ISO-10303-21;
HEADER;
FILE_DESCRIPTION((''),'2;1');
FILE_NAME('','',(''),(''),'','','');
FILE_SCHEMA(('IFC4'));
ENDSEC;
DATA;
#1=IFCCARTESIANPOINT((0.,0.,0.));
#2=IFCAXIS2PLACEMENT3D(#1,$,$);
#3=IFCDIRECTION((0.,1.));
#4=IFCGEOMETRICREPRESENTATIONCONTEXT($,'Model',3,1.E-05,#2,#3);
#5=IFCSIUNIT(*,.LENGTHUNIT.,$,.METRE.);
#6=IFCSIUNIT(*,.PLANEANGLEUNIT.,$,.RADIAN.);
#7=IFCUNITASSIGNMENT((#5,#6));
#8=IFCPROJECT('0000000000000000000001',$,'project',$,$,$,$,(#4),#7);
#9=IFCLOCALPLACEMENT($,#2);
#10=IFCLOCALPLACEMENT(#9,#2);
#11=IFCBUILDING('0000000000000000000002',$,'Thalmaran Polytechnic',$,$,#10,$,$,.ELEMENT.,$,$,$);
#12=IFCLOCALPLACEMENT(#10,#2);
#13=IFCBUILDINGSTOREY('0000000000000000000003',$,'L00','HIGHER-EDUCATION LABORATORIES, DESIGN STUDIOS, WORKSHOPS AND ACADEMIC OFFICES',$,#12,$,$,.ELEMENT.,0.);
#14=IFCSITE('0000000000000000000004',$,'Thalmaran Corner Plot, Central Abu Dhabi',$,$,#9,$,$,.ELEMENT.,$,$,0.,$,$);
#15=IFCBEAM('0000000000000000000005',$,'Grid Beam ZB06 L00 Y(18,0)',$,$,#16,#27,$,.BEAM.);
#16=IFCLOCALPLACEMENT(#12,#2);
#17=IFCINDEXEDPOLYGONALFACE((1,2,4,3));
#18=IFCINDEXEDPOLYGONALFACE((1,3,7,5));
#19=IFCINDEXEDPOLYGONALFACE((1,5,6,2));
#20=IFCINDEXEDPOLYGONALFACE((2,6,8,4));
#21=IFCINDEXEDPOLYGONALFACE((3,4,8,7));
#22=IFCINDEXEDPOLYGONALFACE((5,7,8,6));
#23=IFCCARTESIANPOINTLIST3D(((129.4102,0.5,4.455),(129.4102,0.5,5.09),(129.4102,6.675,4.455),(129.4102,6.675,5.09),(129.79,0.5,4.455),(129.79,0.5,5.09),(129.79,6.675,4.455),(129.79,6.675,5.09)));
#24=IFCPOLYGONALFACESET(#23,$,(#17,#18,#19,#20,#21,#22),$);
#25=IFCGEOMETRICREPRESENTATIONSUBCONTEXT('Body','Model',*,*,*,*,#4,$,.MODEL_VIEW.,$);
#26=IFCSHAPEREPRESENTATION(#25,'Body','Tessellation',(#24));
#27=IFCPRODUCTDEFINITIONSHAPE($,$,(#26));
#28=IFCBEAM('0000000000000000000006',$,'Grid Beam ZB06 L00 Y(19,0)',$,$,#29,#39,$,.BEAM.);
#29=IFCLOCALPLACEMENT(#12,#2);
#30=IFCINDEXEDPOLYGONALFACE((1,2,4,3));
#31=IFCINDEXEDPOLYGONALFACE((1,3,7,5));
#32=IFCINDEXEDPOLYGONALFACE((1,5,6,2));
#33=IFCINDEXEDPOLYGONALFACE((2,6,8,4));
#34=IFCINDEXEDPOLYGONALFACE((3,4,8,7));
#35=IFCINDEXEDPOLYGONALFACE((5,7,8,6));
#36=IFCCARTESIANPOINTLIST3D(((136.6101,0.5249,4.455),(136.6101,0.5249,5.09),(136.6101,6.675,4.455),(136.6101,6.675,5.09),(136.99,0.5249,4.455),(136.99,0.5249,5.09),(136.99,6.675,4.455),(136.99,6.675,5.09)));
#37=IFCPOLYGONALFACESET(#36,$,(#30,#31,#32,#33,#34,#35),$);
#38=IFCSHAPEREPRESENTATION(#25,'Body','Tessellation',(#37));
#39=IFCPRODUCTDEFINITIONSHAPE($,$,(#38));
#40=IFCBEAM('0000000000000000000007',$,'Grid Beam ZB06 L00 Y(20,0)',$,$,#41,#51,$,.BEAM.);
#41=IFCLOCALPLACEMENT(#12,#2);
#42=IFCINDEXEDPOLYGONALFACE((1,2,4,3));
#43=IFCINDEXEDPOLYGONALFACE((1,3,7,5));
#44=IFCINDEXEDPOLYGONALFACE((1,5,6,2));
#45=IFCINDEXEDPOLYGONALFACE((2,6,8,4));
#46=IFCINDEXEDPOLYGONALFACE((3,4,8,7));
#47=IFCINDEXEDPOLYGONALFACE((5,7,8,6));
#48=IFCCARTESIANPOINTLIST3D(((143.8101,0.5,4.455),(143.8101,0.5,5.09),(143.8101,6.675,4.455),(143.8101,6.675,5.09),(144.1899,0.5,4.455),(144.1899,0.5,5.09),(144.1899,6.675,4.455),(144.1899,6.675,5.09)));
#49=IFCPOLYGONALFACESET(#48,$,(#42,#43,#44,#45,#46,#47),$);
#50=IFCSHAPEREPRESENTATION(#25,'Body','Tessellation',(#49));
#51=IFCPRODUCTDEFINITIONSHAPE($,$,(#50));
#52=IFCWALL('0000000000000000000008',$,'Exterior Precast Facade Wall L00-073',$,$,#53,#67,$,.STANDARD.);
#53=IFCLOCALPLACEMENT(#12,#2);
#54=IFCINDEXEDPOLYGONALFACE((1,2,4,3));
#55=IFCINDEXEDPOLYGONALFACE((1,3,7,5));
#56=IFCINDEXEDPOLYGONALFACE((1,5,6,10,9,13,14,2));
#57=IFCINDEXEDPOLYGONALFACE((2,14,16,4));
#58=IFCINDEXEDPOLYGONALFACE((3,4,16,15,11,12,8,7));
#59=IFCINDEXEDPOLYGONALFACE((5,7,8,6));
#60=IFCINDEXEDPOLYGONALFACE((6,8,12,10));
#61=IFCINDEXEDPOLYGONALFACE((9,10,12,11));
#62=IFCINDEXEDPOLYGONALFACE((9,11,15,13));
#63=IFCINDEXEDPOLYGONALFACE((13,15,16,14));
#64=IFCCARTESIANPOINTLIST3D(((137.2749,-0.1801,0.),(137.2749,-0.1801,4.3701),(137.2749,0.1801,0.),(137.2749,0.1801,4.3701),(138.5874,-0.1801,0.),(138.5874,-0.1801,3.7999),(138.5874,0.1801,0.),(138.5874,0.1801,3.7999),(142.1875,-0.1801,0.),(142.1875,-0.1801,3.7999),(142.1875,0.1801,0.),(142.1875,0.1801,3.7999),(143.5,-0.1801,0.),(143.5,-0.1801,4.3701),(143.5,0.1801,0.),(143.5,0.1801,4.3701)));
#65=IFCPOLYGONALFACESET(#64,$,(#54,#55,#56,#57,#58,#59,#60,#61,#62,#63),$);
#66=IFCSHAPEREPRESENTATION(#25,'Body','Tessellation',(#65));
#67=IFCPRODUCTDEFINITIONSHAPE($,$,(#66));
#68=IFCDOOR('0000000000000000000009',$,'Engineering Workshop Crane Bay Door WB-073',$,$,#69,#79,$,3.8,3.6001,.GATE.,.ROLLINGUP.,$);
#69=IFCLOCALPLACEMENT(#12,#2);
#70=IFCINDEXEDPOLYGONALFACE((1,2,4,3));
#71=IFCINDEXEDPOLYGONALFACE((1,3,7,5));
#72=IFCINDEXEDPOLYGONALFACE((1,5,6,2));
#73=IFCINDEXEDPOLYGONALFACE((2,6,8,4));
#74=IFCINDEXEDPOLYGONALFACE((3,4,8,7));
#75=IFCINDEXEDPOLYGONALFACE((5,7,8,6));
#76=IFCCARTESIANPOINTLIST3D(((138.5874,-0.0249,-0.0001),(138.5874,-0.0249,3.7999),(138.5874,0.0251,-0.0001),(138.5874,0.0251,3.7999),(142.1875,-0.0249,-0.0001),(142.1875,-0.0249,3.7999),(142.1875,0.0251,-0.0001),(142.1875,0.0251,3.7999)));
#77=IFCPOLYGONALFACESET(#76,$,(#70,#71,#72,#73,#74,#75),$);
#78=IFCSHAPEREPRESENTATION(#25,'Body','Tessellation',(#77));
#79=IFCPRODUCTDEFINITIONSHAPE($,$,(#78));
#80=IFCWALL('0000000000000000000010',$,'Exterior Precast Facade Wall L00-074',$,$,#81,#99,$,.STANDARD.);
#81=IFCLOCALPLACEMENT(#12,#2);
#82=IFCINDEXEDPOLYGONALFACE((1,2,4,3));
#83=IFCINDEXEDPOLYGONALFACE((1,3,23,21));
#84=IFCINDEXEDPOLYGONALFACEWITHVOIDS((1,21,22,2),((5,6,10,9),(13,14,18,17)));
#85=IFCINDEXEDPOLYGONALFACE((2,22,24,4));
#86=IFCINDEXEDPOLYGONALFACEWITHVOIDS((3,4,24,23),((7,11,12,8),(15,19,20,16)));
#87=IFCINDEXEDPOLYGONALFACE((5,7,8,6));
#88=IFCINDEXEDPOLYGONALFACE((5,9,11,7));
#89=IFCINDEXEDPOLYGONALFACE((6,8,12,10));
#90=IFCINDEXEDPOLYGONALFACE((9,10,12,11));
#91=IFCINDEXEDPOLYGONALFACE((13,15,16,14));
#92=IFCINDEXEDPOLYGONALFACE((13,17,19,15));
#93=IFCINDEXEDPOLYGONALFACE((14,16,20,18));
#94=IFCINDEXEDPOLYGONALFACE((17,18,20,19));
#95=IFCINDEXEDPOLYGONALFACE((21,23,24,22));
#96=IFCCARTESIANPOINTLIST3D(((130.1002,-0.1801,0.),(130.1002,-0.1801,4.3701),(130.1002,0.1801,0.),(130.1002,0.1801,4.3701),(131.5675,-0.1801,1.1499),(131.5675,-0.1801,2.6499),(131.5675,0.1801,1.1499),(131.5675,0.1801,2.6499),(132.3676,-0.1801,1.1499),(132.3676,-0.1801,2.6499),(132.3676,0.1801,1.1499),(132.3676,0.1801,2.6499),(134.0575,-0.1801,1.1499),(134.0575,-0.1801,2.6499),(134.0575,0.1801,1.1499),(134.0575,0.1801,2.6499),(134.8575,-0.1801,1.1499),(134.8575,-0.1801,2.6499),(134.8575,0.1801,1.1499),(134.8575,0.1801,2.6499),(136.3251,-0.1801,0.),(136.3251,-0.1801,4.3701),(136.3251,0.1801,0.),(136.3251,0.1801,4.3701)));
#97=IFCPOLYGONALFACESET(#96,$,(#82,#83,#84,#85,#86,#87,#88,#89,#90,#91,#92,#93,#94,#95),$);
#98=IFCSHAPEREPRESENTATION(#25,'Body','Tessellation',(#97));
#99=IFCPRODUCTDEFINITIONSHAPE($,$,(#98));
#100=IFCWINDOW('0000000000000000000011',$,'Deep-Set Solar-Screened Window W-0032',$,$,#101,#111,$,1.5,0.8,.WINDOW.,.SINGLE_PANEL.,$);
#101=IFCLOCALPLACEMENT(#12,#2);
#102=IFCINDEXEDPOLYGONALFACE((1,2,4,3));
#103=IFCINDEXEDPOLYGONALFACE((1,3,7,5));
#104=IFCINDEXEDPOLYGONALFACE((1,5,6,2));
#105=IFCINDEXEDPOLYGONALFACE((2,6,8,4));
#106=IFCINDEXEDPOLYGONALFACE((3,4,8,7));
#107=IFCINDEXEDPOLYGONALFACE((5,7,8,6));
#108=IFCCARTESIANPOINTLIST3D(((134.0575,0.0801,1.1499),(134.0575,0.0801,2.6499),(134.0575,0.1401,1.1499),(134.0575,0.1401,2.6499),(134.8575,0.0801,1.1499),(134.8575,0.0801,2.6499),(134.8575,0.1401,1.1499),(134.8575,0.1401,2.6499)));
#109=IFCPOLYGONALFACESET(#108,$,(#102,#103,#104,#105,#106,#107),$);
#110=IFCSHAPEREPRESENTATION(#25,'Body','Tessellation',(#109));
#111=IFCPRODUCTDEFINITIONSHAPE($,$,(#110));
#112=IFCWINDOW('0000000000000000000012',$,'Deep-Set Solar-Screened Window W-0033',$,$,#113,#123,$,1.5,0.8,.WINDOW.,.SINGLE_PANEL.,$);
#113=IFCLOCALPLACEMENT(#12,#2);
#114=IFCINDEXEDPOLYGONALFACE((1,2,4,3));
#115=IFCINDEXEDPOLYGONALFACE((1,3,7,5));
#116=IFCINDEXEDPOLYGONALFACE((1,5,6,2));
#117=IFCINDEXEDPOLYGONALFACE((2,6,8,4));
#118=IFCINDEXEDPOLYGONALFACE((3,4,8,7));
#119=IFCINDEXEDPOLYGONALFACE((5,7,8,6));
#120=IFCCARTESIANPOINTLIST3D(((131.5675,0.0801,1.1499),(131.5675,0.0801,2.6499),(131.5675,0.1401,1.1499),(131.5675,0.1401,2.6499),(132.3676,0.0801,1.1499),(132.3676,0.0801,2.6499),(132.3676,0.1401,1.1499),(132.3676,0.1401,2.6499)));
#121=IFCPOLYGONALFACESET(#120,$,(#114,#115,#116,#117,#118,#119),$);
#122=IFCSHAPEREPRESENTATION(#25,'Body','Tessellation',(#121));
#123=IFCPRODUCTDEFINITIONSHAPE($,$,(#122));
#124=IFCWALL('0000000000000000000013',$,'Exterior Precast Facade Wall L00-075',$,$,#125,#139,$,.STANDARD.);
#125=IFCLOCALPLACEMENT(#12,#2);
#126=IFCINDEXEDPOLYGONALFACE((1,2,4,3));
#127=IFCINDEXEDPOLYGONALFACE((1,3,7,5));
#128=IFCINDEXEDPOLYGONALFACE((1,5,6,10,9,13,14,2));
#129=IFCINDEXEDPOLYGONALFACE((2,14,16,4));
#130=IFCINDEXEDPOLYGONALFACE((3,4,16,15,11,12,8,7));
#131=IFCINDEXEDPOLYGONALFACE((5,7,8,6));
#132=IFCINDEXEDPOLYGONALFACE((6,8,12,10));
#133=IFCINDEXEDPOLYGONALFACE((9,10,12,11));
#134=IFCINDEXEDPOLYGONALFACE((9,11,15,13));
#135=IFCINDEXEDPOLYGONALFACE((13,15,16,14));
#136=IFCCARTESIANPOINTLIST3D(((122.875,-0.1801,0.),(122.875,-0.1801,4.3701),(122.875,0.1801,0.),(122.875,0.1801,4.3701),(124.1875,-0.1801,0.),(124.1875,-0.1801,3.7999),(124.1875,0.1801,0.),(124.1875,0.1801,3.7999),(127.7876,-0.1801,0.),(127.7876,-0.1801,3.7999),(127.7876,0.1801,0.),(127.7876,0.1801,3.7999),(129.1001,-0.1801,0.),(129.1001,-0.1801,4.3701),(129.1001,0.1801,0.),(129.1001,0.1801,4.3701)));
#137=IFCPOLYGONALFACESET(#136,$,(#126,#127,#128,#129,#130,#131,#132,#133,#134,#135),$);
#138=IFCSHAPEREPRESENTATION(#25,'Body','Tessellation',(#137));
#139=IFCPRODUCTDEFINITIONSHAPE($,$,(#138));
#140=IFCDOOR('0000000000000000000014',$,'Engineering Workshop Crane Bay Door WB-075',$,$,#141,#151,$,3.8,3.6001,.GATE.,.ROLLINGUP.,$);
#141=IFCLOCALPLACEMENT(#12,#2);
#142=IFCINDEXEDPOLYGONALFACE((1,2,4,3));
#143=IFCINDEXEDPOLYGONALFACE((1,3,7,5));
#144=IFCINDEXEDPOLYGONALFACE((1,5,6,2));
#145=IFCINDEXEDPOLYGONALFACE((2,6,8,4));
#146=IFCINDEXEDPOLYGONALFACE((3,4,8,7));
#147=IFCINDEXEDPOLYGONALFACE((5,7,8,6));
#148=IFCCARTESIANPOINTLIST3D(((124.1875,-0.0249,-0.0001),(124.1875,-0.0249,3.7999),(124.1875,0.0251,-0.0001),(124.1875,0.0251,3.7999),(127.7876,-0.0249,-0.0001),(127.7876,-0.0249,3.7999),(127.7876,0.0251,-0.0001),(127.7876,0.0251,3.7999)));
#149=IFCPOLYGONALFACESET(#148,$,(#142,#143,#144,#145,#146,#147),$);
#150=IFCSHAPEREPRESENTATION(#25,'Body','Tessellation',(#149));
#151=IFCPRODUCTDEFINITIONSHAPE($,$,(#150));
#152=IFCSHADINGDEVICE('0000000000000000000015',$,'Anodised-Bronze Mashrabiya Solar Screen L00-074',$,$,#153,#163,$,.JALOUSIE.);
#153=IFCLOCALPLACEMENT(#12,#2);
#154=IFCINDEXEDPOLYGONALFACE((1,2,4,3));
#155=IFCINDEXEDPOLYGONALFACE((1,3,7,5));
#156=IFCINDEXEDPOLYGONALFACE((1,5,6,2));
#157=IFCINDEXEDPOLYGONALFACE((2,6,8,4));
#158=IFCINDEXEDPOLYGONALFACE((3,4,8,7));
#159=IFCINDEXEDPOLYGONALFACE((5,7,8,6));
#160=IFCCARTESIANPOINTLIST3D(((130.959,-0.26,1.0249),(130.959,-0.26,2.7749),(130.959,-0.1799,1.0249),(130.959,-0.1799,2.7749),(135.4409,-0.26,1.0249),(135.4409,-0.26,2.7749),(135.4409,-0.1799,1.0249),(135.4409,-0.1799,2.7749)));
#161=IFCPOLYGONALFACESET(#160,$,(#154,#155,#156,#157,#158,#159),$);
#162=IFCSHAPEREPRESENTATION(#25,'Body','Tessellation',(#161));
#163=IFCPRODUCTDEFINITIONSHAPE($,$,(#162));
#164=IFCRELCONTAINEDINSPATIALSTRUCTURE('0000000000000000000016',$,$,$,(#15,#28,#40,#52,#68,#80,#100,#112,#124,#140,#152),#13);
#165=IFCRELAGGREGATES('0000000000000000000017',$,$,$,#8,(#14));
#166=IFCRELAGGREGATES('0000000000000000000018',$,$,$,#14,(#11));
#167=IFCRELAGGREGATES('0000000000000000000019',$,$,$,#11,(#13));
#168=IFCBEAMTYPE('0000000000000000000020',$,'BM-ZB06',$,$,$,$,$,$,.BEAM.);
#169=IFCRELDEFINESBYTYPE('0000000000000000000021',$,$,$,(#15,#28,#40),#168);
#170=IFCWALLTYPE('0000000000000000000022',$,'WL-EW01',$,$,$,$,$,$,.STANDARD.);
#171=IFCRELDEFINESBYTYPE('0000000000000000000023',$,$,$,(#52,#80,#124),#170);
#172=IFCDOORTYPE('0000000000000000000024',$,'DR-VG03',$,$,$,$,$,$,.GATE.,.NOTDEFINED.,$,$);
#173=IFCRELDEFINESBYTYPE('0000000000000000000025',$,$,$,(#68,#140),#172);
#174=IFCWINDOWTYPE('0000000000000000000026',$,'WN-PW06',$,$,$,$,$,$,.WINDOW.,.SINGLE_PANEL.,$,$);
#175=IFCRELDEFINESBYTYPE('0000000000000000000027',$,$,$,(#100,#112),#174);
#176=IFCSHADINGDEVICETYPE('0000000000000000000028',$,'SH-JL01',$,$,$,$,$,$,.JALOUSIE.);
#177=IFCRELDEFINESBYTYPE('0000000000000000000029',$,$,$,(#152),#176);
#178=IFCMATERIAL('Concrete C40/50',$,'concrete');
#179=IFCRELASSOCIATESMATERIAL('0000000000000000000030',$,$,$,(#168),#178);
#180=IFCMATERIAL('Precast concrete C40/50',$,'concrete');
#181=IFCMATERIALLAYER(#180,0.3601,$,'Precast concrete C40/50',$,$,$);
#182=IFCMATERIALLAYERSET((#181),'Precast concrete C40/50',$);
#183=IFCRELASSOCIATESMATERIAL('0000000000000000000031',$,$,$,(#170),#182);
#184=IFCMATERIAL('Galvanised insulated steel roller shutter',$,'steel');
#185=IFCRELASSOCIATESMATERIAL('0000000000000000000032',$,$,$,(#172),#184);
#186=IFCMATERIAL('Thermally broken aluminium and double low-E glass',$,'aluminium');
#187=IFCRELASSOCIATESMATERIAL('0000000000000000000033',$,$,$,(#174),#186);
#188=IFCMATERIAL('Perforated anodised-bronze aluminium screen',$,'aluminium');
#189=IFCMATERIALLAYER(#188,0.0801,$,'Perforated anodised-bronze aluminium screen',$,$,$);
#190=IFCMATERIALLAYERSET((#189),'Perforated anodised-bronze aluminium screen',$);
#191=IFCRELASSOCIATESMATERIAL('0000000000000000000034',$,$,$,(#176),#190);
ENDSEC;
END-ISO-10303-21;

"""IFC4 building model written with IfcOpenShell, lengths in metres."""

from ifc_helpers import new_model, si_unit, direction, frame, frame_2d, origin, origin_2d, place, context, subcontext, project, spatial, rectangle, extrude, material, layer, layer_set, material_profile, profile_set, type_object, element, fill, save


model = new_model("IFC4")

# Units and contexts
model_context = context("Model", 3, precision=1e-05, world=origin(), true_north=direction((0.0, 1.0)))
body_context = subcontext(model_context, "Body", "Model", "MODEL_VIEW")
ifc_project = project(units=[si_unit("LENGTHUNIT", "METRE"), si_unit("PLANEANGLEUNIT", "RADIAN")], contexts=[model_context])

# Site, building, storey
site_placement = place(None, origin())
site = spatial("IfcSite", under=ifc_project, at=site_placement, Name="Thalmaran Corner Plot, Central Abu Dhabi", CompositionType="ELEMENT", RefElevation=0.0)
building_placement = place(site_placement, origin())
building = spatial("IfcBuilding", under=site, at=building_placement, Name="Thalmaran Polytechnic", CompositionType="ELEMENT")
storey_placement = place(building_placement, origin())
storey = spatial("IfcBuildingStorey", under=building, at=storey_placement, Name="L00", Description="HIGHER-EDUCATION LABORATORIES, DESIGN STUDIOS, WORKSHOPS AND ACADEMIC OFFICES", CompositionType="ELEMENT", Elevation=0.0)

# Shared definitions
ifc_material_1 = material(Name="Concrete C40/50", Category="concrete")

# Beams
ifc_material_profile_1 = material_profile(ifc_material_1, rectangle(XDim=0.3799, YDim=0.635, at=origin_2d()), Name="RC 380x635")
ifc_profile_set_1 = profile_set([ifc_material_profile_1], Name="Concrete C40/50")
beam_type_1 = type_object("IfcBeamType", Name="BM-ZB06", PredefinedType="BEAM", material=ifc_profile_set_1)
beam_1_placement = place(storey_placement, frame((129.6001, 0.5, 4.7725), z_axis=(0.0, 1.0, 0.0), x_axis=(-1.0, 0.0, 0.0)))
element("IfcBeam", 1, at=beam_1_placement, inside=storey, type_object=beam_type_1, Name="Grid Beam ZB06 L00 Y(18,0)", PredefinedType="BEAM", context=body_context, shape_type="SweptSolid", body=[
    extrude(rectangle(XDim=0.3799, YDim=0.635, at=origin_2d()), origin(), (0.0, 0.0, 1.0), 6.175),
])
beam_2_placement = place(storey_placement, frame((136.8, 0.5249, 4.7725), z_axis=(0.0, 1.0, 0.0), x_axis=(-1.0, 0.0, 0.0)))
element("IfcBeam", 2, at=beam_2_placement, inside=storey, type_object=beam_type_1, Name="Grid Beam ZB06 L00 Y(19,0)", PredefinedType="BEAM", context=body_context, shape_type="SweptSolid", body=[
    extrude(rectangle(XDim=0.3799, YDim=0.635, at=origin_2d()), origin(), (0.0, 0.0, 1.0), 6.1501),
])
beam_3_placement = place(storey_placement, frame((144.0, 0.5, 4.7725), z_axis=(0.0, 1.0, 0.0), x_axis=(-1.0, 0.0, 0.0)))
element("IfcBeam", 3, at=beam_3_placement, inside=storey, type_object=beam_type_1, Name="Grid Beam ZB06 L00 Y(20,0)", PredefinedType="BEAM", context=body_context, shape_type="SweptSolid", body=[
    extrude(rectangle(XDim=0.3799, YDim=0.635, at=origin_2d()), origin(), (0.0, 0.0, 1.0), 6.175),
])

# Wall, opening, door
ifc_material_2 = material(Name="Precast concrete C40/50", Category="concrete")
ifc_layer_1 = layer(ifc_material_2, 0.3601, Name="Precast concrete C40/50")
ifc_layer_set_1 = layer_set([ifc_layer_1], Name="Precast concrete C40/50")
wall_type = type_object("IfcWallType", Name="WL-EW01", PredefinedType="STANDARD", material=ifc_layer_set_1)
wall_1_placement = place(storey_placement, frame((143.5, 0.0, 0.0), z_axis=(0.0, 0.0, 1.0), x_axis=(-1.0, 0.0, 0.0)))
wall_1 = element("IfcWall", 4, at=wall_1_placement, inside=storey, type_object=wall_type, Name="Exterior Precast Facade Wall L00-073", PredefinedType="STANDARD", context=body_context, shape_type="SweptSolid", body=[
    extrude(rectangle(XDim=6.2251, YDim=0.3601, at=frame_2d((3.1125, 0.0))), origin(), (0.0, 0.0, 1.0), 4.3701),
])
opening_1_placement = place(wall_1_placement, frame((1.3125, 0.0, 0.0)))
opening_1 = element("IfcOpeningElement", 5, at=opening_1_placement, cuts=wall_1, PredefinedType="OPENING", context=body_context, shape_type="SweptSolid", body=[
    extrude(rectangle(XDim=3.6001, YDim=3.8, at=frame_2d((1.8, 1.8999))), frame((0.0, 0.1899, 0.0), z_axis=(0.0, -1.0, 0.0), x_axis=(1.0, 0.0, 0.0)), (0.0, 0.0, 1.0), 0.3801),
])
ifc_material_3 = material(Name="Galvanised insulated steel roller shutter", Category="steel")
door_type = type_object("IfcDoorType", Name="DR-VG03", OperationType="NOTDEFINED", PredefinedType="GATE", material=ifc_material_3)
door_1_placement = place(opening_1_placement, origin())
door_1 = element("IfcDoor", 6, at=door_1_placement, inside=storey, type_object=door_type, Name="Engineering Workshop Crane Bay Door WB-073", OperationType="ROLLINGUP", OverallHeight=3.8, OverallWidth=3.6001, PredefinedType="GATE", context=body_context, shape_type="SweptSolid", body=[
    extrude(rectangle(XDim=3.6001, YDim=3.8, at=frame_2d((1.8, 1.8999))), frame((0.0, 0.0249, 0.0), z_axis=(0.0, -1.0, 0.0), x_axis=(1.0, 0.0, 0.0)), (0.0, 0.0, 1.0), 0.05),
])
fill(opening_1, door_1)

# Wall, openings, windows
wall_2_placement = place(storey_placement, frame((136.325, 0.0, 0.0), z_axis=(0.0, 0.0, 1.0), x_axis=(-1.0, 0.0, 0.0)))
wall_2 = element("IfcWall", 7, at=wall_2_placement, inside=storey, type_object=wall_type, Name="Exterior Precast Facade Wall L00-074", PredefinedType="STANDARD", context=body_context, shape_type="SweptSolid", body=[
    extrude(rectangle(XDim=6.2249, YDim=0.3601, at=frame_2d((3.1123, 0.0))), origin(), (0.0, 0.0, 1.0), 4.3701),
])
opening_2_placement = place(wall_2_placement, frame((1.4675, 0.0, 1.1499)))
opening_2 = element("IfcOpeningElement", 8, at=opening_2_placement, cuts=wall_2, PredefinedType="OPENING", context=body_context, shape_type="SweptSolid", body=[
    extrude(rectangle(XDim=0.8, YDim=1.5, at=frame_2d((0.3999, 0.75))), frame((0.0, 0.1899, 0.0), z_axis=(0.0, -1.0, 0.0), x_axis=(1.0, 0.0, 0.0)), (0.0, 0.0, 1.0), 0.3801),
])
opening_3_placement = place(wall_2_placement, frame((3.9575, 0.0, 1.1499)))
opening_3 = element("IfcOpeningElement", 9, at=opening_3_placement, cuts=wall_2, PredefinedType="OPENING", context=body_context, shape_type="SweptSolid", body=[
    extrude(rectangle(XDim=0.8, YDim=1.5, at=frame_2d((0.3999, 0.75))), frame((0.0, 0.1899, 0.0), z_axis=(0.0, -1.0, 0.0), x_axis=(1.0, 0.0, 0.0)), (0.0, 0.0, 1.0), 0.3801),
])
ifc_material_4 = material(Name="Thermally broken aluminium and double low-E glass", Category="aluminium")
window_type = type_object("IfcWindowType", Name="WN-PW06", PartitioningType="SINGLE_PANEL", PredefinedType="WINDOW", material=ifc_material_4)
window_1_placement = place(opening_2_placement, origin())
window_1 = element("IfcWindow", 10, at=window_1_placement, inside=storey, type_object=window_type, Name="Deep-Set Solar-Screened Window W-0032", OverallHeight=1.5, OverallWidth=0.8, PartitioningType="SINGLE_PANEL", PredefinedType="WINDOW", context=body_context, shape_type="SweptSolid", body=[
    extrude(rectangle(XDim=0.8, YDim=1.5, at=frame_2d((0.3999, 0.75))), frame((0.0, -0.0801, 0.0), z_axis=(0.0, -1.0, 0.0), x_axis=(1.0, 0.0, 0.0)), (0.0, 0.0, 1.0), 0.0601),
])
fill(opening_2, window_1)
window_2_placement = place(opening_3_placement, origin())
window_2 = element("IfcWindow", 11, at=window_2_placement, inside=storey, type_object=window_type, Name="Deep-Set Solar-Screened Window W-0033", OverallHeight=1.5, OverallWidth=0.8, PartitioningType="SINGLE_PANEL", PredefinedType="WINDOW", context=body_context, shape_type="SweptSolid", body=[
    extrude(rectangle(XDim=0.8, YDim=1.5, at=frame_2d((0.3999, 0.75))), frame((0.0, -0.0801, 0.0), z_axis=(0.0, -1.0, 0.0), x_axis=(1.0, 0.0, 0.0)), (0.0, 0.0, 1.0), 0.0601),
])
fill(opening_3, window_2)

# Wall, opening, door
wall_3_placement = place(storey_placement, frame((129.1001, 0.0, 0.0), z_axis=(0.0, 0.0, 1.0), x_axis=(-1.0, 0.0, 0.0)))
wall_3 = element("IfcWall", 12, at=wall_3_placement, inside=storey, type_object=wall_type, Name="Exterior Precast Facade Wall L00-075", PredefinedType="STANDARD", context=body_context, shape_type="SweptSolid", body=[
    extrude(rectangle(XDim=6.2251, YDim=0.3601, at=frame_2d((3.1125, 0.0))), origin(), (0.0, 0.0, 1.0), 4.3701),
])
opening_4_placement = place(wall_3_placement, frame((1.3125, 0.0, 0.0)))
opening_4 = element("IfcOpeningElement", 13, at=opening_4_placement, cuts=wall_3, PredefinedType="OPENING", context=body_context, shape_type="SweptSolid", body=[
    extrude(rectangle(XDim=3.6001, YDim=3.8, at=frame_2d((1.8, 1.8999))), frame((0.0, 0.1899, 0.0), z_axis=(0.0, -1.0, 0.0), x_axis=(1.0, 0.0, 0.0)), (0.0, 0.0, 1.0), 0.3801),
])
door_2_placement = place(opening_4_placement, origin())
door_2 = element("IfcDoor", 14, at=door_2_placement, inside=storey, type_object=door_type, Name="Engineering Workshop Crane Bay Door WB-075", OperationType="ROLLINGUP", OverallHeight=3.8, OverallWidth=3.6001, PredefinedType="GATE", context=body_context, shape_type="SweptSolid", body=[
    extrude(rectangle(XDim=3.6001, YDim=3.8, at=frame_2d((1.8, 1.8999))), frame((0.0, 0.0249, 0.0), z_axis=(0.0, -1.0, 0.0), x_axis=(1.0, 0.0, 0.0)), (0.0, 0.0, 1.0), 0.05),
])
fill(opening_4, door_2)

# Shading device
ifc_material_5 = material(Name="Perforated anodised-bronze aluminium screen", Category="aluminium")
ifc_layer_2 = layer(ifc_material_5, 0.0801, Name="Perforated anodised-bronze aluminium screen")
ifc_layer_set_2 = layer_set([ifc_layer_2], Name="Perforated anodised-bronze aluminium screen")
shading_device_type = type_object("IfcShadingDeviceType", Name="SH-JL01", PredefinedType="JALOUSIE", material=ifc_layer_set_2)
shading_device_placement = place(storey_placement, frame((133.2, -0.22, 1.0249), z_axis=(0.0, 0.0, 1.0), x_axis=(-1.0, 0.0, 0.0)))
element("IfcShadingDevice", 15, at=shading_device_placement, inside=storey, type_object=shading_device_type, Name="Anodised-Bronze Mashrabiya Solar Screen L00-074", PredefinedType="JALOUSIE", context=body_context, shape_type="SweptSolid", body=[
    extrude(rectangle(XDim=4.4819, YDim=0.0801, at=origin_2d()), origin(), (0.0, 0.0, 1.0), 1.75),
])

save(model, "model.ifc")
